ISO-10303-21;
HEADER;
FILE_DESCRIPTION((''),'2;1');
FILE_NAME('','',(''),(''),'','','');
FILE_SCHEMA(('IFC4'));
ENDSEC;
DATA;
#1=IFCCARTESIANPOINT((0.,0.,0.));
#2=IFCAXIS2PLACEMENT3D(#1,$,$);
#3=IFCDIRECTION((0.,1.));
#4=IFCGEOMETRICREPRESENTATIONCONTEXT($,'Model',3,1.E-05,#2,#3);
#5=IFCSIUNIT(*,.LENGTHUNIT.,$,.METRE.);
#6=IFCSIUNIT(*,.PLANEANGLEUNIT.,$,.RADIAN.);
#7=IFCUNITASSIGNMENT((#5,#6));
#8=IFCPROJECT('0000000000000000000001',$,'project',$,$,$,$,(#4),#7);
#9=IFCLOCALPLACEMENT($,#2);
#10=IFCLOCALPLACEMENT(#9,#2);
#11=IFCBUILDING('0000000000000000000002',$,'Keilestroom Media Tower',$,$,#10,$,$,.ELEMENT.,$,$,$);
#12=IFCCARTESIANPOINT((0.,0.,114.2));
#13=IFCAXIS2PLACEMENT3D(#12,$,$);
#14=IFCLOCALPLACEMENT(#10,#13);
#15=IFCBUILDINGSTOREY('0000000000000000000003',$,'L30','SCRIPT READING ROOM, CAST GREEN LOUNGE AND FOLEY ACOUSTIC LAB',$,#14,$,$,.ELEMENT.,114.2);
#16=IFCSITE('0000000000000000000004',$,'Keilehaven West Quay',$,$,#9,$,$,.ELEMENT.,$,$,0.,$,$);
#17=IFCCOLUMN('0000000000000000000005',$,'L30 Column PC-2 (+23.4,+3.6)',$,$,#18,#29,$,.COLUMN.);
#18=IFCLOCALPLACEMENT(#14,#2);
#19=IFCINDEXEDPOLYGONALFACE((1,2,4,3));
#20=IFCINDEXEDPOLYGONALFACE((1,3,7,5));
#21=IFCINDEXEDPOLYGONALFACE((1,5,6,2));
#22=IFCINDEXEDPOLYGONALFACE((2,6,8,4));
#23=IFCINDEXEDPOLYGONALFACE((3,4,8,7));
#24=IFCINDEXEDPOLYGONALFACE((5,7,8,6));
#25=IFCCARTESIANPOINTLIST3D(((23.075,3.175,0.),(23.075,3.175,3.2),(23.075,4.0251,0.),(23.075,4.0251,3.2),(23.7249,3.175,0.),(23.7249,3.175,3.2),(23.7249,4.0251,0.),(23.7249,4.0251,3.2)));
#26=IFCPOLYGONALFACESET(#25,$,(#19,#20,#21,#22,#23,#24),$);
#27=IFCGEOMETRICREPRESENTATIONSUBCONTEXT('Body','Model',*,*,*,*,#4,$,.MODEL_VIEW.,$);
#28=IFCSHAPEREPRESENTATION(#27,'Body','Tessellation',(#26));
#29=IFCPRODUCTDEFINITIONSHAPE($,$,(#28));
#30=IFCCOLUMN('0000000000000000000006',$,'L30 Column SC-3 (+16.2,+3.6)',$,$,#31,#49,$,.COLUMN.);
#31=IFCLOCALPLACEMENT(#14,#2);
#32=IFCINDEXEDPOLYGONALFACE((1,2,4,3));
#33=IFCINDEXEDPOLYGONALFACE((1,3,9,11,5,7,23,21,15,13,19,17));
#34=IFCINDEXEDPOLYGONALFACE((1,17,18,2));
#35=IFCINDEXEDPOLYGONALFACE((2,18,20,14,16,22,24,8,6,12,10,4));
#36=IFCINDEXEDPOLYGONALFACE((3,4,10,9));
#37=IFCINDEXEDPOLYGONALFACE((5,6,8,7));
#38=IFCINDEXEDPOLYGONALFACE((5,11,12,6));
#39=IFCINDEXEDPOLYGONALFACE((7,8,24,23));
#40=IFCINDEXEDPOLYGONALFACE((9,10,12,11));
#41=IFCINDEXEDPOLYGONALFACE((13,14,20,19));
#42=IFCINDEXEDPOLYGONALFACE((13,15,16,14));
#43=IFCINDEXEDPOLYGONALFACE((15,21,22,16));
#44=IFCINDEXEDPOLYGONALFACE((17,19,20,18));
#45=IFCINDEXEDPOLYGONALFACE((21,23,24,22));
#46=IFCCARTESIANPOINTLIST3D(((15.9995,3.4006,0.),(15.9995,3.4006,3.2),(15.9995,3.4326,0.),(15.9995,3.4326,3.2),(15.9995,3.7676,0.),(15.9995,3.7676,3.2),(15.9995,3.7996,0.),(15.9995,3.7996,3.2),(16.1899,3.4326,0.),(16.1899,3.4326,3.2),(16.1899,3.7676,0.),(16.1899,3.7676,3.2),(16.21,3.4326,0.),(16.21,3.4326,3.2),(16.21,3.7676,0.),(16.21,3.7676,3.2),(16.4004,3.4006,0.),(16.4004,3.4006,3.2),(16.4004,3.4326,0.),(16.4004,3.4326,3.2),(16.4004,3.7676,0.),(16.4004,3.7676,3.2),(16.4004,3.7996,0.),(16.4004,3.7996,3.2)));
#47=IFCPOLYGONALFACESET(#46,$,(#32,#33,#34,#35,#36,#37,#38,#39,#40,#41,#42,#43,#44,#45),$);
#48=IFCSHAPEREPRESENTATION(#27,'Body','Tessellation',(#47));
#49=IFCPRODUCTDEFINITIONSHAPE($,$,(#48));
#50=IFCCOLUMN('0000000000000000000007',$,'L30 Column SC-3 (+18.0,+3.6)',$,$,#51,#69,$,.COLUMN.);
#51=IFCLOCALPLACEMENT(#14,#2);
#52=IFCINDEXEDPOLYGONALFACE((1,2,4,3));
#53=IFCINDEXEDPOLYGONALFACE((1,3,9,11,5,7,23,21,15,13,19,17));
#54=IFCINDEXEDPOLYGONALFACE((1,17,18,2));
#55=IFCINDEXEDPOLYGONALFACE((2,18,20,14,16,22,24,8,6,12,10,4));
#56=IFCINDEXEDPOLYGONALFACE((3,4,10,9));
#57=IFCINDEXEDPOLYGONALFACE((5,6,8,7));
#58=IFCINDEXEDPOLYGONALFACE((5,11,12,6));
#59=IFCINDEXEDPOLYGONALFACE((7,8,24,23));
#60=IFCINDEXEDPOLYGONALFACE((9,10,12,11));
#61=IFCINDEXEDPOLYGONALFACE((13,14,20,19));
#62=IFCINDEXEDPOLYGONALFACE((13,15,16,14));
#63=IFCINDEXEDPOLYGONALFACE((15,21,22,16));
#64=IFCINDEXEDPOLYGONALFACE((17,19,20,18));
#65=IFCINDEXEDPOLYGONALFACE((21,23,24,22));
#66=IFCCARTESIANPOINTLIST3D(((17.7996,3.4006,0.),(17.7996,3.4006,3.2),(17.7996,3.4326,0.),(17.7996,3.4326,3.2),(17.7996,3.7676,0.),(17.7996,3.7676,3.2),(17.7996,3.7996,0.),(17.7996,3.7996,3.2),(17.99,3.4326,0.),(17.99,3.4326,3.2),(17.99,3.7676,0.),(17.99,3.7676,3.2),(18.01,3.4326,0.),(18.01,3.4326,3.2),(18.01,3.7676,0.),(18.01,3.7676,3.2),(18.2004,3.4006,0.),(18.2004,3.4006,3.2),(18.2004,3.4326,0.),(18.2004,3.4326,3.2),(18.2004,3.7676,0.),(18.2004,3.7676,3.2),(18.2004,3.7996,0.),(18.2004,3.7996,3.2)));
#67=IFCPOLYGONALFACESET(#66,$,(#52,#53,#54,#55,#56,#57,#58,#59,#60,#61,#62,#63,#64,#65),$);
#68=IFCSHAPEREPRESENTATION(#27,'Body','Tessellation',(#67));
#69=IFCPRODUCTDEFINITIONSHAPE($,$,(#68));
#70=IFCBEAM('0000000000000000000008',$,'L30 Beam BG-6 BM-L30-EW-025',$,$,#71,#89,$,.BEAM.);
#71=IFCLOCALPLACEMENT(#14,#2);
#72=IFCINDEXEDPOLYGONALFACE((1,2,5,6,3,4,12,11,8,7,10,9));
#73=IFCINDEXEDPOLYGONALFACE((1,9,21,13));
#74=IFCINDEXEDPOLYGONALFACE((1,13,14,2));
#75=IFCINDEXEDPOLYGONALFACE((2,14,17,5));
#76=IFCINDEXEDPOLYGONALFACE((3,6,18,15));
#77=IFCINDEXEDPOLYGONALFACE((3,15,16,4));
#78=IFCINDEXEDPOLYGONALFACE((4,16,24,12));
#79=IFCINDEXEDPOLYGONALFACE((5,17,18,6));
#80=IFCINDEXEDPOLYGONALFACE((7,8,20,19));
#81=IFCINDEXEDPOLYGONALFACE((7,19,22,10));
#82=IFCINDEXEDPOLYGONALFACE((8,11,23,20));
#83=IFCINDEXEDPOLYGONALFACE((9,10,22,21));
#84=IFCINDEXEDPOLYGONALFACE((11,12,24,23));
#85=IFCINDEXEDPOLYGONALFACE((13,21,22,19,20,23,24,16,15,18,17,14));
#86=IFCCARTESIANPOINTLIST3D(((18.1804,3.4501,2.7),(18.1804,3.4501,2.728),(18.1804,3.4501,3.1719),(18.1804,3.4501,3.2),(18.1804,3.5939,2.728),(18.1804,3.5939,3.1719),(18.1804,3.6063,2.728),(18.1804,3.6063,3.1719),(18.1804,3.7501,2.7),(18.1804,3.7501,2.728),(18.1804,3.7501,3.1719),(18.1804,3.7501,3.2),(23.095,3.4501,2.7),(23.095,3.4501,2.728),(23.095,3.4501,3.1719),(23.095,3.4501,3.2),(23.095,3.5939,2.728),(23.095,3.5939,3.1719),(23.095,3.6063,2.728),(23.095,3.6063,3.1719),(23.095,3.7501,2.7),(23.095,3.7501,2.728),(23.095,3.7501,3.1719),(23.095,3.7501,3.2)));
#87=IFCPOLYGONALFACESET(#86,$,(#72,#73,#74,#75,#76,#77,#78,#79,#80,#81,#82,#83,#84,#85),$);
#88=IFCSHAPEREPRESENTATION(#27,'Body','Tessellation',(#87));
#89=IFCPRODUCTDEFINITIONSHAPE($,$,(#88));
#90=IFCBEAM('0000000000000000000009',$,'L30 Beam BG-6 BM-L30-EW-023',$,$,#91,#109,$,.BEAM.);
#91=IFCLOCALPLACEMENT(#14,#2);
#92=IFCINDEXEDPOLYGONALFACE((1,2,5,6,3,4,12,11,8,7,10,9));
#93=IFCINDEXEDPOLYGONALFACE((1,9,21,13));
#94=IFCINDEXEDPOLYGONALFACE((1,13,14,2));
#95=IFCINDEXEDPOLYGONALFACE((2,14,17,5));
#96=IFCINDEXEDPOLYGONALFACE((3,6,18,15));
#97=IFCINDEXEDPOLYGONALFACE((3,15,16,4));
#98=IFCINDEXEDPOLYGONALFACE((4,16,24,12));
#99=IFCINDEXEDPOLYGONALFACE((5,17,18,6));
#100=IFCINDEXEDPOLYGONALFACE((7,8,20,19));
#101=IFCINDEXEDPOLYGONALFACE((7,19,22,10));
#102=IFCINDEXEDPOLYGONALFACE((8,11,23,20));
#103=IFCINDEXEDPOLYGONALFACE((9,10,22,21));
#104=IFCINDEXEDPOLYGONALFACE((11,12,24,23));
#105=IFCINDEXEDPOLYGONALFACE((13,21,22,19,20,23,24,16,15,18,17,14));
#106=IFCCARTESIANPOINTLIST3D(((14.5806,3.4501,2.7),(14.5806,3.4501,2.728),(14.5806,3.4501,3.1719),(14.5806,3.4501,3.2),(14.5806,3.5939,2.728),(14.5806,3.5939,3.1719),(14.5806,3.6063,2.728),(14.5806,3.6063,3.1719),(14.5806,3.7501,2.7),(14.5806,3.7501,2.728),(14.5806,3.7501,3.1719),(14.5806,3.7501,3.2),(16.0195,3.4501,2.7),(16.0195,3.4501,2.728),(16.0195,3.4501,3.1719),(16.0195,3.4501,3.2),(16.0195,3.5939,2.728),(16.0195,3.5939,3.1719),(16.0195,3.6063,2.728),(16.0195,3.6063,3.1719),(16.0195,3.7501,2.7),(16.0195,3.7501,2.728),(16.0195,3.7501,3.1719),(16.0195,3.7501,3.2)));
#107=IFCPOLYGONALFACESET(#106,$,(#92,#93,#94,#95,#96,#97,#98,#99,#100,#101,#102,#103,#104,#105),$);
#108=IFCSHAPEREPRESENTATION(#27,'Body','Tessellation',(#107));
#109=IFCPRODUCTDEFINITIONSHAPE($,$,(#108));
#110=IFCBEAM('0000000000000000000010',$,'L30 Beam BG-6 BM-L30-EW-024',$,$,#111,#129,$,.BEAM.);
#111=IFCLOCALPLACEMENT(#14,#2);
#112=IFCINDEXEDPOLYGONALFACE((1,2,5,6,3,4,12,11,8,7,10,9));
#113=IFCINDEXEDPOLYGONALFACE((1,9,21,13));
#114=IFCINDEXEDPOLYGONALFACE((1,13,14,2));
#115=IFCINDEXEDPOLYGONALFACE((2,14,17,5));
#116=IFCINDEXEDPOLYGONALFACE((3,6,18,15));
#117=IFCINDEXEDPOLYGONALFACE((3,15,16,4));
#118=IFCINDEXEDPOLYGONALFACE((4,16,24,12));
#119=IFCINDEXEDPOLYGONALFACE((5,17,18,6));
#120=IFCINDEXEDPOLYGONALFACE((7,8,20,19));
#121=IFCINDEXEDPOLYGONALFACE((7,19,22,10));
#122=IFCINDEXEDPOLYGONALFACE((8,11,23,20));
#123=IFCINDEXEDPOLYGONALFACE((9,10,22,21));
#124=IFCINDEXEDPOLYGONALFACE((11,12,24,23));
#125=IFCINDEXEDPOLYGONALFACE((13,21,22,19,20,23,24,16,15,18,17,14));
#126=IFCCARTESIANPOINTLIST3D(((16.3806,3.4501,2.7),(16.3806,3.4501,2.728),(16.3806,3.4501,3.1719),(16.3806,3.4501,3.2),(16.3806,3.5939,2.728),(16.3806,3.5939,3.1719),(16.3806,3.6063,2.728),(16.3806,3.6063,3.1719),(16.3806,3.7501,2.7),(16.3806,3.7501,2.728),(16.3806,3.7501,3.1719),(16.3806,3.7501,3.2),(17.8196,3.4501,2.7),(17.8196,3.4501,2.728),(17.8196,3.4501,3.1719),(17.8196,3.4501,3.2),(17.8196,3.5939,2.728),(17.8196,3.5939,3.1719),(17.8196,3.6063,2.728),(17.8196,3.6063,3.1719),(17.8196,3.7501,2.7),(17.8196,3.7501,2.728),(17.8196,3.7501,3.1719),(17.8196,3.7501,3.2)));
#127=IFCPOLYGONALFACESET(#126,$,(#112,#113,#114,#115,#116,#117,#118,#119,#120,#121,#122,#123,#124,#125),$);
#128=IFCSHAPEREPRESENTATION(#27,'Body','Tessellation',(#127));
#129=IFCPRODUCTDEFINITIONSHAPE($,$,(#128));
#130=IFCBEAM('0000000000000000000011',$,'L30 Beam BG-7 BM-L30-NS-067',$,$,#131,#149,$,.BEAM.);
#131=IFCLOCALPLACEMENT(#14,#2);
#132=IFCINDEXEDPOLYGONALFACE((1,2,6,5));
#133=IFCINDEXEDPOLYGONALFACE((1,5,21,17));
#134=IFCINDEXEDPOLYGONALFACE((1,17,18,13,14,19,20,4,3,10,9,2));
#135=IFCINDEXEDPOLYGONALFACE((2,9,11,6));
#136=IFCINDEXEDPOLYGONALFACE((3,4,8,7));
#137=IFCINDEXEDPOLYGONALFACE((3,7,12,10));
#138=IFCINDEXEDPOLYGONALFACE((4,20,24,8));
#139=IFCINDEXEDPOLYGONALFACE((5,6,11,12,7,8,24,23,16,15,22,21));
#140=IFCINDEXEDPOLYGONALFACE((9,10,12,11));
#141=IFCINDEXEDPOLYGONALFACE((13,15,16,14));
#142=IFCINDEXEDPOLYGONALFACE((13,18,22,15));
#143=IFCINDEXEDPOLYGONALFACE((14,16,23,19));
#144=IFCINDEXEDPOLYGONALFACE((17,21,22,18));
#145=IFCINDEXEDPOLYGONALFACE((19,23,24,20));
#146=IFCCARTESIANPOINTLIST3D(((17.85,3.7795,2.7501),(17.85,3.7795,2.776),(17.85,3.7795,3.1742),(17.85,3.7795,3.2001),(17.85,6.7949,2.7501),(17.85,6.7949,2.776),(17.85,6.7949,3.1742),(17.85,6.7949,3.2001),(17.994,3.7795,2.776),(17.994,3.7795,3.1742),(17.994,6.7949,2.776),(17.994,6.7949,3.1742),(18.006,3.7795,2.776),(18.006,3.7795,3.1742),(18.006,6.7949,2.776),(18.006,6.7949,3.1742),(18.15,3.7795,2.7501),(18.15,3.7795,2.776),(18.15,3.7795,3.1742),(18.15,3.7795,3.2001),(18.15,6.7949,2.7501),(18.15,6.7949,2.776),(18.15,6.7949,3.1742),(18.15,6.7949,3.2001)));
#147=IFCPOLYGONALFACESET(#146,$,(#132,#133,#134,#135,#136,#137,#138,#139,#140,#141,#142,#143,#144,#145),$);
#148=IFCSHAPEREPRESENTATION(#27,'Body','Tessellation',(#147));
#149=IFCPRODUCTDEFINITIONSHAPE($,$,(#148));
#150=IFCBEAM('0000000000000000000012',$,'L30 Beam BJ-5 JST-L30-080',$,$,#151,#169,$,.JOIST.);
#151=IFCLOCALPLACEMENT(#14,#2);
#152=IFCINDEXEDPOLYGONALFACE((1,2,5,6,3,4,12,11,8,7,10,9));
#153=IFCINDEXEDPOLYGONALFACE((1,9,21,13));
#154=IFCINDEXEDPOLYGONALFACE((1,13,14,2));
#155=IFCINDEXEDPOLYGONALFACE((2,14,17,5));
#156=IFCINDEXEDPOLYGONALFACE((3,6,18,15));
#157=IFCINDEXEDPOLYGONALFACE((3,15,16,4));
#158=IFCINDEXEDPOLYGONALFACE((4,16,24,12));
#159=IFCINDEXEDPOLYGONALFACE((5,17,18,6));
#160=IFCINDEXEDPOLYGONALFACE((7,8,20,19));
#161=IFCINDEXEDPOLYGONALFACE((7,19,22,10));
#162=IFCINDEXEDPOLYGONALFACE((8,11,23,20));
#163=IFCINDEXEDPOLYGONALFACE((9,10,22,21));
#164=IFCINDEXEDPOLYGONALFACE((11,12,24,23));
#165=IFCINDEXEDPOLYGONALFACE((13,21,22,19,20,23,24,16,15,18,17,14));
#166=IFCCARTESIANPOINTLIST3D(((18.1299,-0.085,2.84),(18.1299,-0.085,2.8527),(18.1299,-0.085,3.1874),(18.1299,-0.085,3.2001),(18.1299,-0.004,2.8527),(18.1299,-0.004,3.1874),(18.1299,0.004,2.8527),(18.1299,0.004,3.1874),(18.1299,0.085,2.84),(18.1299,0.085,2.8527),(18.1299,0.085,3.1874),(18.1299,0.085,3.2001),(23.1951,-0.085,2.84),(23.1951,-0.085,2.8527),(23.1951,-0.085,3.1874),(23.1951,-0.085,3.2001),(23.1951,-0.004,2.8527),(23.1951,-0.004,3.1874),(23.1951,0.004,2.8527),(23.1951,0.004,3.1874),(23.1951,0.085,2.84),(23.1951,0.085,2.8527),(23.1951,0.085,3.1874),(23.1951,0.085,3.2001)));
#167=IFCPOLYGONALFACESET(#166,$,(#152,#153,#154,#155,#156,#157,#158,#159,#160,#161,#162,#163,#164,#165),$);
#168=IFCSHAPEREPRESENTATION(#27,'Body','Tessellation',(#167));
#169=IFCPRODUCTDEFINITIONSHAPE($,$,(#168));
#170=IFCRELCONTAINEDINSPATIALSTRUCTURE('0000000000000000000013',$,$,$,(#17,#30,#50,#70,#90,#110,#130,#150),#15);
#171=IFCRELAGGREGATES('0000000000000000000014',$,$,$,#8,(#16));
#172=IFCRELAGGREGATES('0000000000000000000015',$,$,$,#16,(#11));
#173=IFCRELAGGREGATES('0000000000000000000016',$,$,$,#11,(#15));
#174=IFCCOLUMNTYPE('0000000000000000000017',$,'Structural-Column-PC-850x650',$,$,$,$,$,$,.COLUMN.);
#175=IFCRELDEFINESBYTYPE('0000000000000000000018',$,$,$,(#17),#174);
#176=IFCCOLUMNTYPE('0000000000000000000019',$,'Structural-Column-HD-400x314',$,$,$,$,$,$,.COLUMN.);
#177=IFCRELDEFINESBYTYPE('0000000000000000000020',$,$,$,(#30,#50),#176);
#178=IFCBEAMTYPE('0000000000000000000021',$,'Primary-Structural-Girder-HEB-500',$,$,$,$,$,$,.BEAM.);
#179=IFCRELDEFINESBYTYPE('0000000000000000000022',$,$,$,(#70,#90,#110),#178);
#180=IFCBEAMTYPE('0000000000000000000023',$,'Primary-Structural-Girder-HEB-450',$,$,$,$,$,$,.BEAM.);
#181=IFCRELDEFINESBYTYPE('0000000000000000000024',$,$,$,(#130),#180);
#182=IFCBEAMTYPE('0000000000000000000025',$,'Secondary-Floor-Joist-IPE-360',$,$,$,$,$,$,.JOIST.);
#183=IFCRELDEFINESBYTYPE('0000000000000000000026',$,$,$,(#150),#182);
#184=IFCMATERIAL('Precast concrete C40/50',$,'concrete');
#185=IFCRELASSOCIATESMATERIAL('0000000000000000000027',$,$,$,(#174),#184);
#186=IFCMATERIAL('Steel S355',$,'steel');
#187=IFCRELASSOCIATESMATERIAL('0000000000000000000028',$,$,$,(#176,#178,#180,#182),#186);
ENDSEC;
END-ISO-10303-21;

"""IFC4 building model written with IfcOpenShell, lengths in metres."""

from ifc_helpers import new_model, si_unit, direction, frame, origin, origin_2d, place, context, subcontext, project, spatial, rectangle, i_section, extrude, source, transform, mapped, material, material_profile, profile_set, type_object, element, save


model = new_model("IFC4")

# Units and contexts
model_context = context("Model", 3, precision=1e-05, world=origin(), true_north=direction((0.0, 1.0)))
body_context = subcontext(model_context, "Body", "Model", "MODEL_VIEW")
ifc_project = project(units=[si_unit("LENGTHUNIT", "METRE"), si_unit("PLANEANGLEUNIT", "RADIAN")], contexts=[model_context])

# Site, building, storey
site_placement = place(None, origin())
site = spatial("IfcSite", under=ifc_project, at=site_placement, Name="Keilehaven West Quay", CompositionType="ELEMENT", RefElevation=0.0)
building_placement = place(site_placement, origin())
building = spatial("IfcBuilding", under=site, at=building_placement, Name="Keilestroom Media Tower", CompositionType="ELEMENT")
storey_placement = place(building_placement, frame((0.0, 0.0, 114.2)))
storey = spatial("IfcBuildingStorey", under=building, at=storey_placement, Name="L30", Description="SCRIPT READING ROOM, CAST GREEN LOUNGE AND FOLEY ACOUSTIC LAB", CompositionType="ELEMENT", Elevation=114.2)

# Columns
ifc_material_1 = material(Name="Precast concrete C40/50", Category="concrete")
ifc_material_profile_1 = material_profile(ifc_material_1, rectangle(XDim=0.6499, YDim=0.8501, at=origin_2d()), Name="PC 850x650")
ifc_profile_set_1 = profile_set([ifc_material_profile_1], Name="Precast concrete C40/50")
column_type_1 = type_object("IfcColumnType", Name="Structural-Column-PC-850x650", PredefinedType="COLUMN", material=ifc_profile_set_1)
shared_shape_1 = source(origin(), body_context, "Body", "SweptSolid", [
    extrude(rectangle(XDim=0.6499, YDim=0.8501, at=origin_2d()), origin(), (0.0, 0.0, 1.0), 3.2),
])
column_placement = place(storey_placement, frame((23.3999, 3.6001, 0.0), z_axis=(0.0, 0.0, 1.0), x_axis=(1.0, 0.0, 0.0)))
element("IfcColumn", 1, at=column_placement, inside=storey, type_object=column_type_1, Name="L30 Column PC-2 (+23.4,+3.6)", PredefinedType="COLUMN", context=body_context, shape_type="MappedRepresentation", body=[
    mapped(shared_shape_1, transform((0.0, 0.0, 0.0), x_axis=(1.0, 0.0, 0.0), y_axis=(0.0, 1.0, 0.0), z_axis=(0.0, 0.0, 1.0), scale=1.0)),
])
ifc_material_2 = material(Name="Steel S355", Category="steel")
ifc_material_profile_2 = material_profile(ifc_material_2, i_section(OverallWidth=0.4009, OverallDepth=0.3989, WebThickness=0.02, FlangeThickness=0.032, at=origin_2d()), Name="HD 400x314")
ifc_profile_set_2 = profile_set([ifc_material_profile_2], Name="Steel S355")
column_type_2 = type_object("IfcColumnType", Name="Structural-Column-HD-400x314", PredefinedType="COLUMN", material=ifc_profile_set_2)
shared_shape_2 = source(origin(), body_context, "Body", "SweptSolid", [
    extrude(i_section(OverallWidth=0.4009, OverallDepth=0.3989, WebThickness=0.02, FlangeThickness=0.032, at=origin_2d()), origin(), (0.0, 0.0, 1.0), 3.2),
])
for number, where, z_axis, x_axis, name in (
    (2, (16.2, 3.6001, 0.0), (0.0, 0.0, 1.0), (1.0, 0.0, 0.0), "L30 Column SC-3 (+16.2,+3.6)"),
    (3, (18.0, 3.6001, 0.0), (0.0, 0.0, 1.0), (1.0, 0.0, 0.0), "L30 Column SC-3 (+18.0,+3.6)"),
):
    element("IfcColumn", number, at=place(storey_placement, frame(where, z_axis=z_axis, x_axis=x_axis)), inside=storey, type_object=column_type_2, Name=name, PredefinedType="COLUMN", context=body_context, shape_type="MappedRepresentation", body=[
        mapped(shared_shape_2, transform((0.0, 0.0, 0.0), x_axis=(1.0, 0.0, 0.0), y_axis=(0.0, 1.0, 0.0), z_axis=(0.0, 0.0, 1.0), scale=1.0)),
    ])

# Beams
ifc_material_profile_3 = material_profile(ifc_material_2, i_section(OverallWidth=0.3, OverallDepth=0.5, WebThickness=0.0125, FlangeThickness=0.0281, at=origin_2d()), Name="HEB 500")
ifc_profile_set_3 = profile_set([ifc_material_profile_3], Name="Steel S355")
beam_type_1 = type_object("IfcBeamType", Name="Primary-Structural-Girder-HEB-500", PredefinedType="BEAM", material=ifc_profile_set_3)
shared_shape_3 = source(origin(), body_context, "Body", "SweptSolid", [
    extrude(i_section(OverallWidth=0.3, OverallDepth=0.5, WebThickness=0.0125, FlangeThickness=0.0281, at=origin_2d()), origin(), (0.0, 0.0, 1.0), 4.9146),
])
beam_1_placement = place(storey_placement, frame((18.1804, 3.6001, 2.95), z_axis=(1.0, 0.0, 0.0), x_axis=(0.0, 1.0, 0.0)))
element("IfcBeam", 4, at=beam_1_placement, inside=storey, type_object=beam_type_1, Name="L30 Beam BG-6 BM-L30-EW-025", PredefinedType="BEAM", context=body_context, shape_type="MappedRepresentation", body=[
    mapped(shared_shape_3, transform((0.0, 0.0, 0.0), x_axis=(1.0, 0.0, 0.0), y_axis=(0.0, 1.0, 0.0), z_axis=(0.0, 0.0, 1.0), scale=1.0)),
])
shared_shape_4 = source(origin(), body_context, "Body", "SweptSolid", [
    extrude(i_section(OverallWidth=0.3, OverallDepth=0.5, WebThickness=0.0125, FlangeThickness=0.0281, at=origin_2d()), origin(), (0.0, 0.0, 1.0), 1.439),
])
for number, where, z_axis, x_axis, name in (
    (5, (14.5806, 3.6001, 2.95), (1.0, 0.0, 0.0), (0.0, 1.0, 0.0), "L30 Beam BG-6 BM-L30-EW-023"),
    (6, (16.3806, 3.6001, 2.95), (1.0, 0.0, 0.0), (0.0, 1.0, 0.0), "L30 Beam BG-6 BM-L30-EW-024"),
):
    element("IfcBeam", number, at=place(storey_placement, frame(where, z_axis=z_axis, x_axis=x_axis)), inside=storey, type_object=beam_type_1, Name=name, PredefinedType="BEAM", context=body_context, shape_type="MappedRepresentation", body=[
        mapped(shared_shape_4, transform((0.0, 0.0, 0.0), x_axis=(1.0, 0.0, 0.0), y_axis=(0.0, 1.0, 0.0), z_axis=(0.0, 0.0, 1.0), scale=1.0)),
    ])
ifc_material_profile_4 = material_profile(ifc_material_2, i_section(OverallWidth=0.3, OverallDepth=0.45, WebThickness=0.012, FlangeThickness=0.0259, at=origin_2d()), Name="HEB 450")
ifc_profile_set_4 = profile_set([ifc_material_profile_4], Name="Steel S355")
beam_type_2 = type_object("IfcBeamType", Name="Primary-Structural-Girder-HEB-450", PredefinedType="BEAM", material=ifc_profile_set_4)
shared_shape_5 = source(origin(), body_context, "Body", "SweptSolid", [
    extrude(i_section(OverallWidth=0.3, OverallDepth=0.45, WebThickness=0.012, FlangeThickness=0.0259, at=origin_2d()), origin(), (0.0, 0.0, 1.0), 3.0154),
])
beam_2_placement = place(storey_placement, frame((18.0, 3.7795, 2.9751), z_axis=(0.0, 1.0, 0.0), x_axis=(-1.0, 0.0, 0.0)))
element("IfcBeam", 7, at=beam_2_placement, inside=storey, type_object=beam_type_2, Name="L30 Beam BG-7 BM-L30-NS-067", PredefinedType="BEAM", context=body_context, shape_type="MappedRepresentation", body=[
    mapped(shared_shape_5, transform((0.0, 0.0, 0.0), x_axis=(1.0, 0.0, 0.0), y_axis=(0.0, 1.0, 0.0), z_axis=(0.0, 0.0, 1.0), scale=1.0)),
])
ifc_material_profile_5 = material_profile(ifc_material_2, i_section(OverallWidth=0.1699, OverallDepth=0.3601, WebThickness=0.0081, FlangeThickness=0.0127, at=origin_2d()), Name="IPE 360")
ifc_profile_set_5 = profile_set([ifc_material_profile_5], Name="Steel S355")
beam_type_3 = type_object("IfcBeamType", Name="Secondary-Floor-Joist-IPE-360", PredefinedType="JOIST", material=ifc_profile_set_5)
shared_shape_6 = source(origin(), body_context, "Body", "SweptSolid", [
    extrude(i_section(OverallWidth=0.1699, OverallDepth=0.3601, WebThickness=0.0081, FlangeThickness=0.0127, at=origin_2d()), origin(), (0.0, 0.0, 1.0), 5.0652),
])
for number, where, z_axis, x_axis, name in (
    (8, (18.1299, 0.0, 3.02), (1.0, 0.0, 0.0), (0.0, 1.0, 0.0), "L30 Beam BJ-5 JST-L30-080"),
):
    element("IfcBeam", number, at=place(storey_placement, frame(where, z_axis=z_axis, x_axis=x_axis)), inside=storey, type_object=beam_type_3, Name=name, PredefinedType="JOIST", context=body_context, shape_type="MappedRepresentation", body=[
        mapped(shared_shape_6, transform((0.0, 0.0, 0.0), x_axis=(1.0, 0.0, 0.0), y_axis=(0.0, 1.0, 0.0), z_axis=(0.0, 0.0, 1.0), scale=1.0)),
    ])

save(model, "model.ifc")
